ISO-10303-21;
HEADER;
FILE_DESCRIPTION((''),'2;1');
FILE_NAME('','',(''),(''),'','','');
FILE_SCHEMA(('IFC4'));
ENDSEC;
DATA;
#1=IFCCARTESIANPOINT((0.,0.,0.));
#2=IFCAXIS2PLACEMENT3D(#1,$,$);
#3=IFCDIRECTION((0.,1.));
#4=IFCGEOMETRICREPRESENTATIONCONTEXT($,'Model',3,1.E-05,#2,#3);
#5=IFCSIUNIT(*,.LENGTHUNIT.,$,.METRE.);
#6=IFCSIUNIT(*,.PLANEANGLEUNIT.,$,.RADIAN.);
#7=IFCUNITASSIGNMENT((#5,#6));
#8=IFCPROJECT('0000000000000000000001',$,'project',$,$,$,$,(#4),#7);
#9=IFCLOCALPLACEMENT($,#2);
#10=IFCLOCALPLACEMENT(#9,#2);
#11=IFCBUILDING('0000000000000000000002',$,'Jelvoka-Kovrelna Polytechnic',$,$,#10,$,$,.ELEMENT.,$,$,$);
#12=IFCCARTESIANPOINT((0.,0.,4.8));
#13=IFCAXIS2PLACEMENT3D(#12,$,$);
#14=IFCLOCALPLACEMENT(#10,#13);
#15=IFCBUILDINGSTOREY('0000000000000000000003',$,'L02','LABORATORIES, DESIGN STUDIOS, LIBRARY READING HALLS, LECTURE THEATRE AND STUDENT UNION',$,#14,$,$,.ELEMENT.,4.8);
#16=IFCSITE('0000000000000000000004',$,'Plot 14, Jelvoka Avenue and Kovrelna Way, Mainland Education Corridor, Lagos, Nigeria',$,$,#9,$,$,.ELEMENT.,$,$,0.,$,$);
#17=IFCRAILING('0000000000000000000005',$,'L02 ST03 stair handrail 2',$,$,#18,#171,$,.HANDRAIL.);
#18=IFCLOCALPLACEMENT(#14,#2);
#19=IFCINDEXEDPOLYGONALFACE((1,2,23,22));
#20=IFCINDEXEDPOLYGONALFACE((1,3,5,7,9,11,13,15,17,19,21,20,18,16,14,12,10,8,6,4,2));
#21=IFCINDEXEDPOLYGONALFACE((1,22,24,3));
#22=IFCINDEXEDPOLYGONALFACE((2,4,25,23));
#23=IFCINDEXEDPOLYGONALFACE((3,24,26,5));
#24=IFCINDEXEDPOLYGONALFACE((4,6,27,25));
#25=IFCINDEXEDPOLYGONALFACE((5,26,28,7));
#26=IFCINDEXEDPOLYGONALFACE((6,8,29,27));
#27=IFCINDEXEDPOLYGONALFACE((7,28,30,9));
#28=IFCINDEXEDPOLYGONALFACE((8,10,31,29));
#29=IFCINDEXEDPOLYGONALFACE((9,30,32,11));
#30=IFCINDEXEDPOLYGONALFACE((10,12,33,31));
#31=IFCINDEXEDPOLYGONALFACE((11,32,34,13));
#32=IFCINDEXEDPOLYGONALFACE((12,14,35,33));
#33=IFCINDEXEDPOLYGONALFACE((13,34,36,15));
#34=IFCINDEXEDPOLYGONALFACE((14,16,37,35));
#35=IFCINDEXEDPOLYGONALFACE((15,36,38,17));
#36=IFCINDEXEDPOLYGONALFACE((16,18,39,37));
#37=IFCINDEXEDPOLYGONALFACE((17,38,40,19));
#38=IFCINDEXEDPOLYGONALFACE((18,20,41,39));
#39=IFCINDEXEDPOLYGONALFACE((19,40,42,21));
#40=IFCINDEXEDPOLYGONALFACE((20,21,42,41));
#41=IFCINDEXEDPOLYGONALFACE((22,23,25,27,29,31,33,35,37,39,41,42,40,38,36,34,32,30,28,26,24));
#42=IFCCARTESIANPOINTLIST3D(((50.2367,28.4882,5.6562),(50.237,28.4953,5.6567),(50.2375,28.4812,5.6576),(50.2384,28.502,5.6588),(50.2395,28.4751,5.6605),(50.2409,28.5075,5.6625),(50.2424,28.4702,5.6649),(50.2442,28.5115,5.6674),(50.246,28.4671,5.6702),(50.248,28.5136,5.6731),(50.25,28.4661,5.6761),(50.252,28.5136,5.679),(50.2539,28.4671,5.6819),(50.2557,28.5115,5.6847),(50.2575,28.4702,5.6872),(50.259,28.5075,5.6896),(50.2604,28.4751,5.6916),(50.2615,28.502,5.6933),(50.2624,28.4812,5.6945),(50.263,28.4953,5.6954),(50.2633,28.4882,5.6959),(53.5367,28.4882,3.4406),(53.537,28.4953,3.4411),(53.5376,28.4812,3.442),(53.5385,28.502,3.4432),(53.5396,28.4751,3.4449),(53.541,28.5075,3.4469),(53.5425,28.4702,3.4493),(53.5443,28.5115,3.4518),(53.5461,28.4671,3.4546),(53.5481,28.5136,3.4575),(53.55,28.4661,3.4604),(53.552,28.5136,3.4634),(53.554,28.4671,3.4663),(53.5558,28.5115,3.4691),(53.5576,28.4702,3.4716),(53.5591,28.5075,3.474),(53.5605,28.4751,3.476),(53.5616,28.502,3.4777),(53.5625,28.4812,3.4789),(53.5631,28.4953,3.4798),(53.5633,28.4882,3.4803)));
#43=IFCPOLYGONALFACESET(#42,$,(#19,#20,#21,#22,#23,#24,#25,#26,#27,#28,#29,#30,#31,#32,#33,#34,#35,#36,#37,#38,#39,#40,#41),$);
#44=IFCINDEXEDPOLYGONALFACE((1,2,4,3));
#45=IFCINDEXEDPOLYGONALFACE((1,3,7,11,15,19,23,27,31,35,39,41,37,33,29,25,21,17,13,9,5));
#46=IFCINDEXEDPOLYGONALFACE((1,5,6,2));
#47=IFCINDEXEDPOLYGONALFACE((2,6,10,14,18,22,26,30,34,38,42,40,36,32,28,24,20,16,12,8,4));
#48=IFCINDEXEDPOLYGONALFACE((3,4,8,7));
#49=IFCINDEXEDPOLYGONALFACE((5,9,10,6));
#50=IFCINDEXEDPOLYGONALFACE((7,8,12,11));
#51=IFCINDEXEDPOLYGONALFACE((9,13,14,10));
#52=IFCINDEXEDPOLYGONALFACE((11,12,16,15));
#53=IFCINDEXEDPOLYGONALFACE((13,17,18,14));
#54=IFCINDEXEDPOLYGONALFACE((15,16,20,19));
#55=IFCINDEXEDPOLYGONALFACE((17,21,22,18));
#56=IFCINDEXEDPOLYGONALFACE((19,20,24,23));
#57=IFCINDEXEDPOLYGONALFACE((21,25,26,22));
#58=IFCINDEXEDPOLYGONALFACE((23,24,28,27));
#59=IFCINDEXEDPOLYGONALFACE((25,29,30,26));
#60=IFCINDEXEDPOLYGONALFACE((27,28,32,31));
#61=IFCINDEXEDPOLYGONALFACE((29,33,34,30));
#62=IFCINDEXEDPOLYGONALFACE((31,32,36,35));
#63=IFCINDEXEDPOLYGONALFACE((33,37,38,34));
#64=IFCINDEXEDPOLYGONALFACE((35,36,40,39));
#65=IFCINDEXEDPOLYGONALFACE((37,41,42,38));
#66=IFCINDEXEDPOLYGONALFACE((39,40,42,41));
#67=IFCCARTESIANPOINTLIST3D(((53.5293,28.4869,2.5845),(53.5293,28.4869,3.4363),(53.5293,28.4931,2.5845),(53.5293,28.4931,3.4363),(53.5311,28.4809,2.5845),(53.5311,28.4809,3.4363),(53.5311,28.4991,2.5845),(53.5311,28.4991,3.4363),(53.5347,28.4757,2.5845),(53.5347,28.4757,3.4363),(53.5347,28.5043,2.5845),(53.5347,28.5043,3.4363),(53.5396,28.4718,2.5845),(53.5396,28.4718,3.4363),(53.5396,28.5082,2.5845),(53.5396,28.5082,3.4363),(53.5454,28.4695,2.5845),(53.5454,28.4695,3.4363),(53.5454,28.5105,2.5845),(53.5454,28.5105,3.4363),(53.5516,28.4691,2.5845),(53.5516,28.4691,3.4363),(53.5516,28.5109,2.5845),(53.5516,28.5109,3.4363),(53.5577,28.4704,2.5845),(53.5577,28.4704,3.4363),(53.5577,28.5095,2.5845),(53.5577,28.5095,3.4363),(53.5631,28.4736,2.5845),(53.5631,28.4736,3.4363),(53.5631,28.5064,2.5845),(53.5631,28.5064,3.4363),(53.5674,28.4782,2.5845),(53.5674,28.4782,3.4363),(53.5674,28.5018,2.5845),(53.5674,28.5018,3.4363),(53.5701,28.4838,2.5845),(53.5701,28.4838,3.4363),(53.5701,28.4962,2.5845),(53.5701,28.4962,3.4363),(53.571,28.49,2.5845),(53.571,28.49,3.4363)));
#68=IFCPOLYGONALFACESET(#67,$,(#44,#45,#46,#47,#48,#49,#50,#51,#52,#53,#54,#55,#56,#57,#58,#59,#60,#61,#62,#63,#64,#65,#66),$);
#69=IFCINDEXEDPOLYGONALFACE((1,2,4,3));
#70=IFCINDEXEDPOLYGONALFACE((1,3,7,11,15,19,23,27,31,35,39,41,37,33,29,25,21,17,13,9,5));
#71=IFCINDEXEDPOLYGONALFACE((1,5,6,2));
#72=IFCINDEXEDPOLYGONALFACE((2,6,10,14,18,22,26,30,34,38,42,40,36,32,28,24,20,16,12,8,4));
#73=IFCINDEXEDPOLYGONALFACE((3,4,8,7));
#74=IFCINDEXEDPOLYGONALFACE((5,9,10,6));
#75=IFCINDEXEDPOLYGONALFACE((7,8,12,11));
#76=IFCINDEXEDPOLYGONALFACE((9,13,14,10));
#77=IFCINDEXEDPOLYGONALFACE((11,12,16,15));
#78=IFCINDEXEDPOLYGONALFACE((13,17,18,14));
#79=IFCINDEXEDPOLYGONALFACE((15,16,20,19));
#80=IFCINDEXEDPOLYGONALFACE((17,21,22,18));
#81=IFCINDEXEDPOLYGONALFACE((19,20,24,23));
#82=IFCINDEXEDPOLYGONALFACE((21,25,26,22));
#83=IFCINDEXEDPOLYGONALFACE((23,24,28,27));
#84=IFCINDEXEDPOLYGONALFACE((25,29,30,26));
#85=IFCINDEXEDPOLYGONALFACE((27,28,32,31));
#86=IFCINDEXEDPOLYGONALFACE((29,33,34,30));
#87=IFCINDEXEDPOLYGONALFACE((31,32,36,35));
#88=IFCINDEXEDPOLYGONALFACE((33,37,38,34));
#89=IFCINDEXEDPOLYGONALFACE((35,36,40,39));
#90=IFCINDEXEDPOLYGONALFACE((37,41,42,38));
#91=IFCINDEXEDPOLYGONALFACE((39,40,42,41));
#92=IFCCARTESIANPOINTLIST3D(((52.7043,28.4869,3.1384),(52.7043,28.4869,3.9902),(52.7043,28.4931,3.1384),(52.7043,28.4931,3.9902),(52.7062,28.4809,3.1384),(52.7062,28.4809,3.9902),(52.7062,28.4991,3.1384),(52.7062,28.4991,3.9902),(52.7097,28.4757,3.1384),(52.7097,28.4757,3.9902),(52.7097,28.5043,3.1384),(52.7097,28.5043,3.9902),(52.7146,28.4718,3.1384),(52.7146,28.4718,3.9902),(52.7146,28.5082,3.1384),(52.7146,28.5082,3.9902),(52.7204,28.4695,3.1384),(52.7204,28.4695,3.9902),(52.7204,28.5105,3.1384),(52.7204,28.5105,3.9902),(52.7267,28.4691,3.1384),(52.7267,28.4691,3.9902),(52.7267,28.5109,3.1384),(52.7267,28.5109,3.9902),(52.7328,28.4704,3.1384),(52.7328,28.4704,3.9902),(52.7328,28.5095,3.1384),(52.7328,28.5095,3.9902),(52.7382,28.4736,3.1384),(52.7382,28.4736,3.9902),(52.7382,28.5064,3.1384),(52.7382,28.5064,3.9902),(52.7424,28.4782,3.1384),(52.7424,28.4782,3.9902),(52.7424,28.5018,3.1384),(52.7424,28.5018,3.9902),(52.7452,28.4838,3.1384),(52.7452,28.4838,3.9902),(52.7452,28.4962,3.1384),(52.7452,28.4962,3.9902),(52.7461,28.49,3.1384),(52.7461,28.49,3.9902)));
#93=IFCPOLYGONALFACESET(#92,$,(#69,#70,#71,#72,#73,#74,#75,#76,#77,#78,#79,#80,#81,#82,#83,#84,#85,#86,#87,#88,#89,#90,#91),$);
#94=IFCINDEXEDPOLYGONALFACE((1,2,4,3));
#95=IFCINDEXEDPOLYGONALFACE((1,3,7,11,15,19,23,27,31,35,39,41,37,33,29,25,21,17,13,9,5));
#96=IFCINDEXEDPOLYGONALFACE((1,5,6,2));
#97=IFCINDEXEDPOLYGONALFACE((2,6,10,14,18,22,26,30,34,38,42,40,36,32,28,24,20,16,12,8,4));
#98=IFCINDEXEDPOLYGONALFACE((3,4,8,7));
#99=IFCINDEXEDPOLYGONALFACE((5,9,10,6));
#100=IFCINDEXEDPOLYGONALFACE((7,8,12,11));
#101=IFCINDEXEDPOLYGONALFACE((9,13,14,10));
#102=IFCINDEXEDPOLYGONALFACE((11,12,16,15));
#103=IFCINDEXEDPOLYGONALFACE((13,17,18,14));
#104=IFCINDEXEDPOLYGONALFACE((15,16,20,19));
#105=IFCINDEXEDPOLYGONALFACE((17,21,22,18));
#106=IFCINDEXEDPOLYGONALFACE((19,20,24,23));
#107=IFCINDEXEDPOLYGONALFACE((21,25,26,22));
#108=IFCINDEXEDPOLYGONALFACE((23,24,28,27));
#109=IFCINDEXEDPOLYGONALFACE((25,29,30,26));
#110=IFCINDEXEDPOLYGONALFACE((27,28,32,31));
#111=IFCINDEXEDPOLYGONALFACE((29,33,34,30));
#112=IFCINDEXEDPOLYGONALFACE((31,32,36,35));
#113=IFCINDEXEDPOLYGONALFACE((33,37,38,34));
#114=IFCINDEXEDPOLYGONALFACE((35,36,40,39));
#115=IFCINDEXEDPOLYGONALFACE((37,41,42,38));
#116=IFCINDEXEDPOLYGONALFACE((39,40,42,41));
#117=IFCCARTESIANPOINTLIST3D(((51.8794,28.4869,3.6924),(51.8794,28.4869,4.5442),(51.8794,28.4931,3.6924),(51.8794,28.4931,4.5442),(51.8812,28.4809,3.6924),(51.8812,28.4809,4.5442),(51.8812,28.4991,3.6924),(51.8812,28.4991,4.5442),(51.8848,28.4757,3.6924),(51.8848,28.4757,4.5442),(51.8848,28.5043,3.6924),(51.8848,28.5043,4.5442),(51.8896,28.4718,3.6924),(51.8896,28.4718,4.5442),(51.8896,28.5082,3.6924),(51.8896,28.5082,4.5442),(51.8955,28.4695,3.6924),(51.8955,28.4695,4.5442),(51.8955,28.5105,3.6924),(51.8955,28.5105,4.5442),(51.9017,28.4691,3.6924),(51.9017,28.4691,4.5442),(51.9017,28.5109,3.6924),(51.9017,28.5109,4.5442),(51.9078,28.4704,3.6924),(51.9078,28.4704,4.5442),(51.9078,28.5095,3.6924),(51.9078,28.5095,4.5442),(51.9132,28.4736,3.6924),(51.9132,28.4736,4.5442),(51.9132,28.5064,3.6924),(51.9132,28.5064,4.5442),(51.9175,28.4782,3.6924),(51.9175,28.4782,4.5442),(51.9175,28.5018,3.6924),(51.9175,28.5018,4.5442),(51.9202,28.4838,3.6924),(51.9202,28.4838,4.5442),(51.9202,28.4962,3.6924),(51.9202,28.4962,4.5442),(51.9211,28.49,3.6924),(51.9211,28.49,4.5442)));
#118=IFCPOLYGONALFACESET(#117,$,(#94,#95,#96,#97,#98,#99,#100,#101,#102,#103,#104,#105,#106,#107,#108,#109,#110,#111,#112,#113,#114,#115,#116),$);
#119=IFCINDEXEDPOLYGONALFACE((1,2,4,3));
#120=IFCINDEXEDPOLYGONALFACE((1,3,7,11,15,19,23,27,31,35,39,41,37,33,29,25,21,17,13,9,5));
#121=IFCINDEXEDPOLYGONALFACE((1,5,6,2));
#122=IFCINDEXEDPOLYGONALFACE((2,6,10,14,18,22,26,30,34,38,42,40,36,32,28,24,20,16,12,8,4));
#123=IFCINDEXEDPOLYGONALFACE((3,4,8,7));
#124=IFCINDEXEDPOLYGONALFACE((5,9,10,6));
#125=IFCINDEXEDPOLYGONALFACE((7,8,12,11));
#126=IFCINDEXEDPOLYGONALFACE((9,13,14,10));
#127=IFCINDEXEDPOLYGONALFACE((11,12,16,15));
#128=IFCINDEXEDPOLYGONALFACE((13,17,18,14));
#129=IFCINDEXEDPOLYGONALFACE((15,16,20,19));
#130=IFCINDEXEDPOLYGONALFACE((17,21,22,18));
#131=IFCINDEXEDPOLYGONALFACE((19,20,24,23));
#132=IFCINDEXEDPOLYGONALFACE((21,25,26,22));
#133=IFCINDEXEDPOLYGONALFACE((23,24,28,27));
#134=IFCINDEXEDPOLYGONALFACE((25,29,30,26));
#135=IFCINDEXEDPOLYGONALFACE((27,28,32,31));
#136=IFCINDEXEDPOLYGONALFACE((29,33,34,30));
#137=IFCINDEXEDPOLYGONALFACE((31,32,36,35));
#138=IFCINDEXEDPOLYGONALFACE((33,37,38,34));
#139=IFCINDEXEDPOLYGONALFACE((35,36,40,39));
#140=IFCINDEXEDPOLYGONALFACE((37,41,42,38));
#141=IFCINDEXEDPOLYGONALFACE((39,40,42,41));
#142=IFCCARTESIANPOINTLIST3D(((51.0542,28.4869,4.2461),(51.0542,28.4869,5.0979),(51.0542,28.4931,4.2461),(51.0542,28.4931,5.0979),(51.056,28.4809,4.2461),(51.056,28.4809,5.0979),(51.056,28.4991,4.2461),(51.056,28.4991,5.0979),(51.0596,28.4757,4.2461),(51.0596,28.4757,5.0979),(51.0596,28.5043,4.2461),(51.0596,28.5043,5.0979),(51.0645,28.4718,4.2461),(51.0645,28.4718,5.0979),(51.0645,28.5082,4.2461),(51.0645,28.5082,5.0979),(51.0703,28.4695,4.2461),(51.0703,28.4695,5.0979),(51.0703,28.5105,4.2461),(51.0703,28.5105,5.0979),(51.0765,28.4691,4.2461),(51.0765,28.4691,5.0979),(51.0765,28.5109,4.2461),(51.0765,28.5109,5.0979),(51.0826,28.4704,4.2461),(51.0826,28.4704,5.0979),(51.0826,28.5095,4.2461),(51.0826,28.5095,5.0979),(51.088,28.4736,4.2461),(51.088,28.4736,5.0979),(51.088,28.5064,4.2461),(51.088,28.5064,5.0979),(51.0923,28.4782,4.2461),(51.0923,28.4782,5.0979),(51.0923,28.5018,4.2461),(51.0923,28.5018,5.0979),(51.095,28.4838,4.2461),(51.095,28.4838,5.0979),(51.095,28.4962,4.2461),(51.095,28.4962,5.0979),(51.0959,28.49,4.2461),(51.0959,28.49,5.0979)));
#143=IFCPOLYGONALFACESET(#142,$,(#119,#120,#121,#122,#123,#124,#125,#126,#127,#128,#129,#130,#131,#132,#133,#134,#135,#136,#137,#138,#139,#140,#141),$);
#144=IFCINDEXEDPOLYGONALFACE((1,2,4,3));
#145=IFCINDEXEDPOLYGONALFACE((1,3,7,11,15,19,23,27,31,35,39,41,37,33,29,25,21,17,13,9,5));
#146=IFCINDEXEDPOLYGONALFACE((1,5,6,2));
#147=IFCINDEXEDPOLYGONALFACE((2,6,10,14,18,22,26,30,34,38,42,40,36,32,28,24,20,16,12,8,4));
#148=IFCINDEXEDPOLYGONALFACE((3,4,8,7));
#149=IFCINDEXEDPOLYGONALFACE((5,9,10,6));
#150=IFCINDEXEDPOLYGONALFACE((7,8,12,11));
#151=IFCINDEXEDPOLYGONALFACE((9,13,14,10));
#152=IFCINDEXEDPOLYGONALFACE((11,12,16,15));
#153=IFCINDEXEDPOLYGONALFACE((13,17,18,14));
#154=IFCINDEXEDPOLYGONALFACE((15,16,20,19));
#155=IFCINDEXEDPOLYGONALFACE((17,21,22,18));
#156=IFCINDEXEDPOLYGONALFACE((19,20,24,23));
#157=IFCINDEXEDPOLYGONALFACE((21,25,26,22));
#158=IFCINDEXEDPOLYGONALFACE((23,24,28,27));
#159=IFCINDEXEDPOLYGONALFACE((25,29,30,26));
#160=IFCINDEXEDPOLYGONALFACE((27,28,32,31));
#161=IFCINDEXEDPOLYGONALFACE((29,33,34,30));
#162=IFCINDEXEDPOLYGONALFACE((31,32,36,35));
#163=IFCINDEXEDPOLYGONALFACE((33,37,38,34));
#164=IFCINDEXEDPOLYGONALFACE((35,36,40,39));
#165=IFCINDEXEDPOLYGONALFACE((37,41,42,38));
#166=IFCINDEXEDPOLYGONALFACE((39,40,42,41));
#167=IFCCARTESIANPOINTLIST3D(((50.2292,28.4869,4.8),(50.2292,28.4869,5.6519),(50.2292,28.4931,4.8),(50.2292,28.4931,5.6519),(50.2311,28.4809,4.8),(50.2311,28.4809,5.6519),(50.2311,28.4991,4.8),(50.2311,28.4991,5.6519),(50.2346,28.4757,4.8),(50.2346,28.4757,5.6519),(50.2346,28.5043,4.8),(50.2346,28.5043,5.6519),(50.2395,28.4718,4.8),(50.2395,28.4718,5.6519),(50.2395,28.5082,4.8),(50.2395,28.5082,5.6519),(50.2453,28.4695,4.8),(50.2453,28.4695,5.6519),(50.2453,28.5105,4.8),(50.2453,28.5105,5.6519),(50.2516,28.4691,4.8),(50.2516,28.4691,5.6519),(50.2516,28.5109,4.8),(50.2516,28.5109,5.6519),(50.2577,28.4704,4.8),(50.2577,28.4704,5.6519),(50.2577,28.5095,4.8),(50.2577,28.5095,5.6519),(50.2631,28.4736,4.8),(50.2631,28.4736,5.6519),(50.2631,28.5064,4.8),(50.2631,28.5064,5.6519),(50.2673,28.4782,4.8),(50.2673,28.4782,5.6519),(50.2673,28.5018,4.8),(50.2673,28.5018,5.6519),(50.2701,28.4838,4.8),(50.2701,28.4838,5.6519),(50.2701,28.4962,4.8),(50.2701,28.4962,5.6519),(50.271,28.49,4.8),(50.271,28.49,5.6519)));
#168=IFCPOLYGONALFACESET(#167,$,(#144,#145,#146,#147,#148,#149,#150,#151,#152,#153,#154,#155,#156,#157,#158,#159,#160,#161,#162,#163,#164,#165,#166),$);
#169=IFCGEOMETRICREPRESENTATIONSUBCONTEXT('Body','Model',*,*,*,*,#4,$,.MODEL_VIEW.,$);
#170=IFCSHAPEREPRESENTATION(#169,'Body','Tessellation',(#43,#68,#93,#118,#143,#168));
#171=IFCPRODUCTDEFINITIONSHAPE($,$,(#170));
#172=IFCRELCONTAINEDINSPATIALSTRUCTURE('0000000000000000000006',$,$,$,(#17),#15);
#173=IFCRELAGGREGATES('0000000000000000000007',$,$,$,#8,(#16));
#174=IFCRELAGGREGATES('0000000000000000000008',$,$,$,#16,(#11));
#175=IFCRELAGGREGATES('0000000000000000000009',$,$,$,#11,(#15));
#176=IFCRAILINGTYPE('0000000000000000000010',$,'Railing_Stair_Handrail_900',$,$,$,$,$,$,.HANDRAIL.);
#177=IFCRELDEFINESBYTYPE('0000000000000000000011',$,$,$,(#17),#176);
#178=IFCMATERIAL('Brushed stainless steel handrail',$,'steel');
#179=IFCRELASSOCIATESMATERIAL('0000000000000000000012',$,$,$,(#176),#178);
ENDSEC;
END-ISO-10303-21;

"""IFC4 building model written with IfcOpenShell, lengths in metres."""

from ifc_helpers import new_model, si_unit, direction, frame, origin, origin_2d, place, context, subcontext, project, spatial, circle, extrude, material, type_object, element, save


model = new_model("IFC4")

# Units and contexts
model_context = context("Model", 3, precision=1e-05, world=origin(), true_north=direction((0.0, 1.0)))
body_context = subcontext(model_context, "Body", "Model", "MODEL_VIEW")
ifc_project = project(units=[si_unit("LENGTHUNIT", "METRE"), si_unit("PLANEANGLEUNIT", "RADIAN")], contexts=[model_context])

# Site, building, storey
site_placement = place(None, origin())
site = spatial("IfcSite", under=ifc_project, at=site_placement, Name="Plot 14, Jelvoka Avenue and Kovrelna Way, Mainland Education Corridor, Lagos, Nigeria", CompositionType="ELEMENT", RefElevation=0.0)
building_placement = place(site_placement, origin())
building = spatial("IfcBuilding", under=site, at=building_placement, Name="Jelvoka-Kovrelna Polytechnic", CompositionType="ELEMENT")
storey_placement = place(building_placement, frame((0.0, 0.0, 4.8)))
storey = spatial("IfcBuildingStorey", under=building, at=storey_placement, Name="L02", Description="LABORATORIES, DESIGN STUDIOS, LIBRARY READING HALLS, LECTURE THEATRE AND STUDENT UNION", CompositionType="ELEMENT", Elevation=4.8)

# Railing
ifc_material_1 = material(Name="Brushed stainless steel handrail", Category="steel")
railing_type_1 = type_object("IfcRailingType", Name="Railing_Stair_Handrail_900", PredefinedType="HANDRAIL", material=ifc_material_1)
railing_1_placement = place(storey_placement, frame((53.55, 28.49, 2.5845)))
element("IfcRailing", 1, at=railing_1_placement, inside=storey, type_object=railing_type_1, Name="L02 ST03 stair handrail 2", PredefinedType="HANDRAIL", context=body_context, shape_type="SweptSolid", body=[
    extrude(circle(Radius=0.0239, at=origin_2d()), frame((0.0, 0.0, 0.876), z_axis=(-0.830241, 0.0, 0.557405), x_axis=(0.0, -1.0, 0.0)), (0.0, 0.0, 1.0), 3.9749),
    extrude(circle(Radius=0.021, at=origin_2d()), origin(), (0.0, 0.0, 1.0), 0.8518),
    extrude(circle(Radius=0.021, at=origin_2d()), frame((-0.825, 0.0, 0.554)), (0.0, 0.0, 1.0), 0.8518),
    extrude(circle(Radius=0.021, at=origin_2d()), frame((-1.6499, 0.0, 1.1079)), (0.0, 0.0, 1.0), 0.8518),
    extrude(circle(Radius=0.021, at=origin_2d()), frame((-2.4751, 0.0, 1.6616)), (0.0, 0.0, 1.0), 0.8518),
    extrude(circle(Radius=0.021, at=origin_2d()), frame((-3.3, 0.0, 2.2156)), (0.0, 0.0, 1.0), 0.8518),
])

save(model, "model.ifc")
